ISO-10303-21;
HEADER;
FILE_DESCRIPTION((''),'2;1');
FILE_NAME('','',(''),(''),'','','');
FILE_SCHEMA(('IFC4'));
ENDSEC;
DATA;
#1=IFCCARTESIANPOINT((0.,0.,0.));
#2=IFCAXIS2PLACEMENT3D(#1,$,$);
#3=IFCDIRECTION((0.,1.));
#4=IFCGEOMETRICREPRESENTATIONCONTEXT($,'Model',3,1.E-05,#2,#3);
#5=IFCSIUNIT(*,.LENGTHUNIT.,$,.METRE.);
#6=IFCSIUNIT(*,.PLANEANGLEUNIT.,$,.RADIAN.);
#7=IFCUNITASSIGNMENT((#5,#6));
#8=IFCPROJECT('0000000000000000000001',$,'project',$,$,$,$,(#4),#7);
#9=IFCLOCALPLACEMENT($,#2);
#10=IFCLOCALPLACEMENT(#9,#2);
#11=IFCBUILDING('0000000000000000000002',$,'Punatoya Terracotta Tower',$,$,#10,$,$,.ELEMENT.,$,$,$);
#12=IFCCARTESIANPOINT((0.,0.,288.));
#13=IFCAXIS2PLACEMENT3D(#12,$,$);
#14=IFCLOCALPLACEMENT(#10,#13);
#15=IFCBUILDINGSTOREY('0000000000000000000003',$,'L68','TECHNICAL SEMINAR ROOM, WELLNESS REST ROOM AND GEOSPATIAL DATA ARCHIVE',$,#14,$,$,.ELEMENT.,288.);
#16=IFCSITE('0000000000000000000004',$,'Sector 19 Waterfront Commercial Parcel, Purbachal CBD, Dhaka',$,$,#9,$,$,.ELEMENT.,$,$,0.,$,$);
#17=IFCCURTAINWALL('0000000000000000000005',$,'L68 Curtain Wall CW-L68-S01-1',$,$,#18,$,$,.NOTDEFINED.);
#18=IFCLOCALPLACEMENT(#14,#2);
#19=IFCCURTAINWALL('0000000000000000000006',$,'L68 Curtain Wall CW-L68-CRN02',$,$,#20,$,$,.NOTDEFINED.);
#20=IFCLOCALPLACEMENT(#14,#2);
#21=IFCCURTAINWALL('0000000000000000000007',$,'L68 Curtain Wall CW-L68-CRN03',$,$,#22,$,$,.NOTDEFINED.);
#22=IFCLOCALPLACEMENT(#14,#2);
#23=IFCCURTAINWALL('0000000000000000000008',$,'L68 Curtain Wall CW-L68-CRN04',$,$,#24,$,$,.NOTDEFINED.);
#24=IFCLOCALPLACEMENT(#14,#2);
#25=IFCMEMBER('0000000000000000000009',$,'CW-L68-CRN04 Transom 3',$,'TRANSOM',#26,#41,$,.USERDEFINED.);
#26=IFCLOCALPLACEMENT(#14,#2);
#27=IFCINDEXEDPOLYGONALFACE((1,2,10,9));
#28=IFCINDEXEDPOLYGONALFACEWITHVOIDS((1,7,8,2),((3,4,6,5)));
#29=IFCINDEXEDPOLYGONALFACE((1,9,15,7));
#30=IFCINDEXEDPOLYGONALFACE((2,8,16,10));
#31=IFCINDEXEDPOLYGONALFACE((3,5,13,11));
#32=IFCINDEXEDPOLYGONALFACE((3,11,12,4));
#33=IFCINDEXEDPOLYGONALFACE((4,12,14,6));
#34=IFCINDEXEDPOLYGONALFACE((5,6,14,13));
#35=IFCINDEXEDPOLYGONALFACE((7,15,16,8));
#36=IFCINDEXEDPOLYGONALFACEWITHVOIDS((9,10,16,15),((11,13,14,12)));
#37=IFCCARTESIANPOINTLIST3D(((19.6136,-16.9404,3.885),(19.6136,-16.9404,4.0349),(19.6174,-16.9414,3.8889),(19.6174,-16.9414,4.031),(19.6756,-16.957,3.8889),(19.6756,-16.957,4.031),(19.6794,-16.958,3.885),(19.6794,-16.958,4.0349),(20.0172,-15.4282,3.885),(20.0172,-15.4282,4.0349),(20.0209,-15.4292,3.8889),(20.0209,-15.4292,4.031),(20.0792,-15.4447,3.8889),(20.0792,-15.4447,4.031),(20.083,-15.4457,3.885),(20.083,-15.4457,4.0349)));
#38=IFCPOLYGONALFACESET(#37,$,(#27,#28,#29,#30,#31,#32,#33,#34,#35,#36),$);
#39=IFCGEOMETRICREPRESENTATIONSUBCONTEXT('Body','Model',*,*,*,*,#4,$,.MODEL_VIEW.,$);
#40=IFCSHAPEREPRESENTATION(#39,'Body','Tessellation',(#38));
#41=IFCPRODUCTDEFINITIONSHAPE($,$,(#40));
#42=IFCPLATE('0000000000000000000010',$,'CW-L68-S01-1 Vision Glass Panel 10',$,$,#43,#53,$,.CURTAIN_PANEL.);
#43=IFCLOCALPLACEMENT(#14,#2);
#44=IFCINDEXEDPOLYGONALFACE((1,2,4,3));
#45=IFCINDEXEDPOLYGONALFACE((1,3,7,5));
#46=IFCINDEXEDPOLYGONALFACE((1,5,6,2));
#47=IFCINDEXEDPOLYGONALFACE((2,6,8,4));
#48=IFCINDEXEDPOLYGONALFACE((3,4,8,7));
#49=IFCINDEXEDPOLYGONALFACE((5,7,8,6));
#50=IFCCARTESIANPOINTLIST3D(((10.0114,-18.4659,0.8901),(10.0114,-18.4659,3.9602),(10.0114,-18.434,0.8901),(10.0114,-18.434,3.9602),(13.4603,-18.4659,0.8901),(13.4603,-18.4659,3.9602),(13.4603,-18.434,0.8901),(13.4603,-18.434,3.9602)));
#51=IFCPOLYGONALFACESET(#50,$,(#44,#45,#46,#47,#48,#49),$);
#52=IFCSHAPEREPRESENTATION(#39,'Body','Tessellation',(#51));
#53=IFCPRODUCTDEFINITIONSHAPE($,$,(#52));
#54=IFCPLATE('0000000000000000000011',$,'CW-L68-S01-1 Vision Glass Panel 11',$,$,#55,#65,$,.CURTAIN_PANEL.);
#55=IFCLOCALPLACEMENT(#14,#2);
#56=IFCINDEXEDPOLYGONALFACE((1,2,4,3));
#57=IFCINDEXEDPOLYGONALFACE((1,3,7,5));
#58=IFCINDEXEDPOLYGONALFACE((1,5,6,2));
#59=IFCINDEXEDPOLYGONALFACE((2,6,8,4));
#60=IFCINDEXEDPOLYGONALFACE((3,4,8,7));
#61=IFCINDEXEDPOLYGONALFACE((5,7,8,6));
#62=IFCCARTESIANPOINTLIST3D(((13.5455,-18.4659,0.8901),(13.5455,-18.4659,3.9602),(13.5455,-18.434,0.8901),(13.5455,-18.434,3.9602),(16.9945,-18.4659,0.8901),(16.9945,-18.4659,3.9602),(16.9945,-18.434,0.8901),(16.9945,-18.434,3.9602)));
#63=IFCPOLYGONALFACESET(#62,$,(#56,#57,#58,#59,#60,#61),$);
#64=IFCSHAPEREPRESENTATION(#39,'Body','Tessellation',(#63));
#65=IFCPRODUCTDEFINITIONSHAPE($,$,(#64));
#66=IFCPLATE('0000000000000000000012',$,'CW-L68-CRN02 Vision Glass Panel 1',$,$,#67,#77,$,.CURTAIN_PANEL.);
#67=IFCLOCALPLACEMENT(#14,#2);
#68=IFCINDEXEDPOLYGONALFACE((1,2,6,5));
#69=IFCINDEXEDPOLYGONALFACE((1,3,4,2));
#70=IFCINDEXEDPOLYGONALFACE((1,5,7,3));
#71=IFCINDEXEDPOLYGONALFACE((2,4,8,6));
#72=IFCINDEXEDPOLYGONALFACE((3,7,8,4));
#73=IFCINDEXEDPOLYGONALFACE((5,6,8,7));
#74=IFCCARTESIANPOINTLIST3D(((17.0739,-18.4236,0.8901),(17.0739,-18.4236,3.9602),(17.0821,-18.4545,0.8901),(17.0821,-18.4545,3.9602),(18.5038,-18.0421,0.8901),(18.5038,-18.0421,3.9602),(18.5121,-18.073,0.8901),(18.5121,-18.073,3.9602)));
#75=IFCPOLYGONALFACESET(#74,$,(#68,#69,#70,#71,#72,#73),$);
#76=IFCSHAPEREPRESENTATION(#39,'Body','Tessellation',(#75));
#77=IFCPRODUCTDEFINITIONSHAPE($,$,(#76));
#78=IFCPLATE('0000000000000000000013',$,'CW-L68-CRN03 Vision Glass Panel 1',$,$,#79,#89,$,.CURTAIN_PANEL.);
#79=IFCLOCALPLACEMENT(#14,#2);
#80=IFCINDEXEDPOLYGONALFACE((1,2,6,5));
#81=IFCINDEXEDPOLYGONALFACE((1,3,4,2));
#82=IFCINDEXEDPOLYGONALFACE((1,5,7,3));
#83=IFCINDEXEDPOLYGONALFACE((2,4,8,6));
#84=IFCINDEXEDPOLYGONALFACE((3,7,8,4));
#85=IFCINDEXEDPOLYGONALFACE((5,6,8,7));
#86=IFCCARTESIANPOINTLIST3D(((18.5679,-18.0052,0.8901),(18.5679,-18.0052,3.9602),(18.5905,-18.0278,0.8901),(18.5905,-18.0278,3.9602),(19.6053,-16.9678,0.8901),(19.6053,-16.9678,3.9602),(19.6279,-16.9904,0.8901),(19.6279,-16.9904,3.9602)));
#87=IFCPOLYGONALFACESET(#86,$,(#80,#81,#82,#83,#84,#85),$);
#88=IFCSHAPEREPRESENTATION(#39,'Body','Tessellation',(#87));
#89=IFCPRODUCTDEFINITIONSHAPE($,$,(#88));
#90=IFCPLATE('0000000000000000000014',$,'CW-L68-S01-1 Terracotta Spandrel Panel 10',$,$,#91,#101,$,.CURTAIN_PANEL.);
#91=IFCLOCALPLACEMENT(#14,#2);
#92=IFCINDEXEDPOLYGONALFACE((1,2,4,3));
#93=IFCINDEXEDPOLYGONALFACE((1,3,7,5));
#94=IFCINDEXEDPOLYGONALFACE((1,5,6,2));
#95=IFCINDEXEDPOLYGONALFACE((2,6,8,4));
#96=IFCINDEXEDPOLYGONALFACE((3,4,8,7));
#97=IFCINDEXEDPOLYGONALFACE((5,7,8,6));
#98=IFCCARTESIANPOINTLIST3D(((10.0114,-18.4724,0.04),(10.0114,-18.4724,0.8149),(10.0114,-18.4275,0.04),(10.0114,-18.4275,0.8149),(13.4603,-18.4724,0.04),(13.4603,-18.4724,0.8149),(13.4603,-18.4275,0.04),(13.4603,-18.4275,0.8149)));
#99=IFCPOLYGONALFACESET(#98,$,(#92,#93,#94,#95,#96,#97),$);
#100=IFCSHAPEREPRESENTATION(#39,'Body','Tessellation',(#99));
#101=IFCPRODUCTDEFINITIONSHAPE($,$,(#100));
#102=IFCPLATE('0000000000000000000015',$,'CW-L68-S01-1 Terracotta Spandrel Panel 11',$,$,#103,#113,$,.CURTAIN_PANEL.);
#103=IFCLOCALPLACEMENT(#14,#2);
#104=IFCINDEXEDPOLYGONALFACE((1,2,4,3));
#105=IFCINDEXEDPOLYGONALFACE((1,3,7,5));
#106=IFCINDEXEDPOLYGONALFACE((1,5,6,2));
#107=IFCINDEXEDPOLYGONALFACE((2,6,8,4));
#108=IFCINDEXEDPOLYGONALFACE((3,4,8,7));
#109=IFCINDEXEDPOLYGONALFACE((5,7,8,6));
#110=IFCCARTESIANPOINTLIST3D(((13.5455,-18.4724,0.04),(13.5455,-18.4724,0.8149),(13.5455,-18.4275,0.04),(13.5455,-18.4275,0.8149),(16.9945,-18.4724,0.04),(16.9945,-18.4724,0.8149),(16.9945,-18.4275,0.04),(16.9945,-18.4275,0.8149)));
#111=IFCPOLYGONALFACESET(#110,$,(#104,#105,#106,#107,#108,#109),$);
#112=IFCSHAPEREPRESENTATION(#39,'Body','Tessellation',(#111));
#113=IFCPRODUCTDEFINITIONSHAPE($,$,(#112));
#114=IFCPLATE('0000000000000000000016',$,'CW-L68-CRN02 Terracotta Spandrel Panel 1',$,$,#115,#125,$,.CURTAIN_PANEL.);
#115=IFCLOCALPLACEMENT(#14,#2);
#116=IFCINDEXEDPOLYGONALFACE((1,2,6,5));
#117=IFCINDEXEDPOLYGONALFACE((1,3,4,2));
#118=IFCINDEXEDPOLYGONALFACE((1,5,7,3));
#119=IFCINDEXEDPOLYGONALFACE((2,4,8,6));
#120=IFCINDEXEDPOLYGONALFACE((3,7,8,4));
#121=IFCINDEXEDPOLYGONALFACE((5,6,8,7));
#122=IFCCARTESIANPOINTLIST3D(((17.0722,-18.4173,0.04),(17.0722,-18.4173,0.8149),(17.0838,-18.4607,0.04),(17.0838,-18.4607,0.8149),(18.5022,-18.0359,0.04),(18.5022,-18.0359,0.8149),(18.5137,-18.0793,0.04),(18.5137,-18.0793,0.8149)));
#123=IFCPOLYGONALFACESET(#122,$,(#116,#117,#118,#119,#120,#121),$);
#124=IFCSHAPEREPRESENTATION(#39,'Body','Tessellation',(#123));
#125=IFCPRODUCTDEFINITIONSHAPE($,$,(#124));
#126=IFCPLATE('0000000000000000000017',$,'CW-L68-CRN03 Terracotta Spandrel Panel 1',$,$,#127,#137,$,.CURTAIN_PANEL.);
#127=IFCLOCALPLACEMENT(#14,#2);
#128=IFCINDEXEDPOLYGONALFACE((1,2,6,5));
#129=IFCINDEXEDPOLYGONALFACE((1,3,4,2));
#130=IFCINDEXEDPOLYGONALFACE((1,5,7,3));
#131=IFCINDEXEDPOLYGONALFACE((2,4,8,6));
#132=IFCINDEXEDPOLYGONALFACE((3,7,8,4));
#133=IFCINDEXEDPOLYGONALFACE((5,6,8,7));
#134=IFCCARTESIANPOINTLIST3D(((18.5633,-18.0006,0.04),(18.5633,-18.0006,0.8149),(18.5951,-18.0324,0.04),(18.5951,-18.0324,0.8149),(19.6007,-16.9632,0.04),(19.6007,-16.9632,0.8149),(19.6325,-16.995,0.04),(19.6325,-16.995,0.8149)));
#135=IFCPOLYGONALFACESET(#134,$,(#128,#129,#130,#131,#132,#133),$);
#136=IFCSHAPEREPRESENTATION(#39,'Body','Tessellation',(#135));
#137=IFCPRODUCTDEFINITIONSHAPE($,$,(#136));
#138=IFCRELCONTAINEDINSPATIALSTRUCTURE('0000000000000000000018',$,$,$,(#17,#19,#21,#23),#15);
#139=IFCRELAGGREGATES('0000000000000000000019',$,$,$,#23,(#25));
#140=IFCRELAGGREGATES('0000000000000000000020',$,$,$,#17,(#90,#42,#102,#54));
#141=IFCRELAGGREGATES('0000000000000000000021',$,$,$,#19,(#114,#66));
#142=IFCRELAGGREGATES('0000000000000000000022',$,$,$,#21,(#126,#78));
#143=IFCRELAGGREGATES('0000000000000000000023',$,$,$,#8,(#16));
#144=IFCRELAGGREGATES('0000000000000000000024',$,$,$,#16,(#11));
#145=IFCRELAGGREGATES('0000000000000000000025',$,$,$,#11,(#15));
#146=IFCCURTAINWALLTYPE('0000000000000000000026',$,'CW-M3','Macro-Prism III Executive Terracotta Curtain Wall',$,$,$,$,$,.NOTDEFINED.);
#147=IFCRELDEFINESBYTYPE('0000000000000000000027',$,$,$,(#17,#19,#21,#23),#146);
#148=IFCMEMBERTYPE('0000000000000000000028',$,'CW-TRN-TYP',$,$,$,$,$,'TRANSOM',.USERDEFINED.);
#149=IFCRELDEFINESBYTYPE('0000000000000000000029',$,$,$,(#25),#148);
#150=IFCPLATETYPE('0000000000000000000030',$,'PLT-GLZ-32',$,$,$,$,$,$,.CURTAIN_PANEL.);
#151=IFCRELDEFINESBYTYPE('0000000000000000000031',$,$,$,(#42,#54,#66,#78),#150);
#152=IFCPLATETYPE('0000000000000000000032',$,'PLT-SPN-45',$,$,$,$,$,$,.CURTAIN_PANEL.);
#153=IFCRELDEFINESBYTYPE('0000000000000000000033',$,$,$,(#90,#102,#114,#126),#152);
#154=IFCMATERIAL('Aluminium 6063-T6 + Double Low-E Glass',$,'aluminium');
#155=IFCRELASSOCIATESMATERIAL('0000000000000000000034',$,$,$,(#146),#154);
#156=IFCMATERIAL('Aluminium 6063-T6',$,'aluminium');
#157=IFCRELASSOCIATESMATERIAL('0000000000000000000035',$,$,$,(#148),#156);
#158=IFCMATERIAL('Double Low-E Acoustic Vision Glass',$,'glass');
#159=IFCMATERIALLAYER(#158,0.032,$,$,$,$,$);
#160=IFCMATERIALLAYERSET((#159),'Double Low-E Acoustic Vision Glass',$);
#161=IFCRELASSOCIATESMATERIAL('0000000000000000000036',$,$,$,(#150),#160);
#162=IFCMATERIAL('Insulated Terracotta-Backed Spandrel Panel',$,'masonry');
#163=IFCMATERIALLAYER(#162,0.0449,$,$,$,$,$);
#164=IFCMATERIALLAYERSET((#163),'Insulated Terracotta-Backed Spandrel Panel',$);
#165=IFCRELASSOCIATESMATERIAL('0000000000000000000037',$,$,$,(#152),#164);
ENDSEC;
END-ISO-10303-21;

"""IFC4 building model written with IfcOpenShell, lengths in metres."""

from ifc_helpers import new_model, si_unit, direction, frame, origin, origin_2d, place, context, subcontext, project, spatial, rectangle, hollow_rectangle, extrude, material, layer, layer_set, material_profile, profile_set, type_object, element, aggregate, save


model = new_model("IFC4")

# Units and contexts
model_context = context("Model", 3, precision=1e-05, world=origin(), true_north=direction((0.0, 1.0)))
body_context = subcontext(model_context, "Body", "Model", "MODEL_VIEW")
ifc_project = project(units=[si_unit("LENGTHUNIT", "METRE"), si_unit("PLANEANGLEUNIT", "RADIAN")], contexts=[model_context])

# Site, building, storey
site_placement = place(None, origin())
site = spatial("IfcSite", under=ifc_project, at=site_placement, Name="Sector 19 Waterfront Commercial Parcel, Purbachal CBD, Dhaka", CompositionType="ELEMENT", RefElevation=0.0)
building_placement = place(site_placement, origin())
building = spatial("IfcBuilding", under=site, at=building_placement, Name="Punatoya Terracotta Tower", CompositionType="ELEMENT")
storey_placement = place(building_placement, frame((0.0, 0.0, 288.0)))
storey = spatial("IfcBuildingStorey", under=building, at=storey_placement, Name="L68", Description="TECHNICAL SEMINAR ROOM, WELLNESS REST ROOM AND GEOSPATIAL DATA ARCHIVE", CompositionType="ELEMENT", Elevation=288.0)

# Curtain walls
ifc_material_1 = material(Name="Aluminium 6063-T6 + Double Low-E Glass", Category="aluminium")
curtain_wall_type = type_object("IfcCurtainWallType", Name="CW-M3", Description="Macro-Prism III Executive Terracotta Curtain Wall", PredefinedType="NOTDEFINED", material=ifc_material_1)
curtain_wall_1_placement = place(storey_placement, origin())
curtain_wall_1 = element("IfcCurtainWall", 1, at=curtain_wall_1_placement, inside=storey, type_object=curtain_wall_type, Name="L68 Curtain Wall CW-L68-S01-1", PredefinedType="NOTDEFINED")
ifc_material_2 = material(Name="Aluminium 6063-T6", Category="aluminium")
curtain_wall_2_placement = place(storey_placement, origin())
curtain_wall_2 = element("IfcCurtainWall", 2, at=curtain_wall_2_placement, inside=storey, type_object=curtain_wall_type, Name="L68 Curtain Wall CW-L68-CRN02", PredefinedType="NOTDEFINED")
curtain_wall_3_placement = place(storey_placement, origin())
curtain_wall_3 = element("IfcCurtainWall", 3, at=curtain_wall_3_placement, inside=storey, type_object=curtain_wall_type, Name="L68 Curtain Wall CW-L68-CRN03", PredefinedType="NOTDEFINED")

# Curtain wall
curtain_wall_4_placement = place(storey_placement, origin())
curtain_wall_4 = element("IfcCurtainWall", 4, at=curtain_wall_4_placement, inside=storey, type_object=curtain_wall_type, Name="L68 Curtain Wall CW-L68-CRN04", PredefinedType="NOTDEFINED")

# Member
ifc_material_profile_1 = material_profile(ifc_material_2, hollow_rectangle(XDim=0.0681, YDim=0.1499, WallThickness=0.0039, at=origin_2d()))
ifc_profile_set_1 = profile_set([ifc_material_profile_1], Name="Aluminium 6063-T6")
member_type_1 = type_object("IfcMemberType", Name="CW-TRN-TYP", ElementType="TRANSOM", PredefinedType="USERDEFINED", material=ifc_profile_set_1)
member_1_placement = place(storey_placement, frame((19.6465, -16.9492, 3.96), z_axis=(0.257847, 0.966186, 0.0), x_axis=(-0.966186, 0.257847, 0.0)))
member_1 = element("IfcMember", 5, at=member_1_placement, type_object=member_type_1, Name="CW-L68-CRN04 Transom 3", ObjectType="TRANSOM", PredefinedType="USERDEFINED", context=body_context, shape_type="SweptSolid", body=[
    extrude(hollow_rectangle(XDim=0.0681, YDim=0.1499, WallThickness=0.0039, at=origin_2d()), origin(), (0.0, 0.0, 1.0), 1.5652),
])
aggregate(curtain_wall_4, [member_1])

# Plates
ifc_material_3 = material(Name="Double Low-E Acoustic Vision Glass", Category="glass")
ifc_layer_1 = layer(ifc_material_3, 0.032)
ifc_layer_set_1 = layer_set([ifc_layer_1], Name="Double Low-E Acoustic Vision Glass")
plate_type_1 = type_object("IfcPlateType", Name="PLT-GLZ-32", PredefinedType="CURTAIN_PANEL", material=ifc_layer_set_1)
plate_1_placement = place(storey_placement, frame((11.7358, -18.45, 0.8901), z_axis=(0.0, 0.0, 1.0), x_axis=(1.0, 0.0, 0.0)))
plate_1 = element("IfcPlate", 6, at=plate_1_placement, type_object=plate_type_1, Name="CW-L68-S01-1 Vision Glass Panel 10", PredefinedType="CURTAIN_PANEL", context=body_context, shape_type="SweptSolid", body=[
    extrude(rectangle(XDim=3.449, YDim=0.032, at=origin_2d()), origin(), (0.0, 0.0, 1.0), 3.0701),
])
plate_2_placement = place(storey_placement, frame((15.27, -18.45, 0.8901), z_axis=(0.0, 0.0, 1.0), x_axis=(1.0, 0.0, 0.0)))
plate_2 = element("IfcPlate", 7, at=plate_2_placement, type_object=plate_type_1, Name="CW-L68-S01-1 Vision Glass Panel 11", PredefinedType="CURTAIN_PANEL", context=body_context, shape_type="SweptSolid", body=[
    extrude(rectangle(XDim=3.449, YDim=0.032, at=origin_2d()), origin(), (0.0, 0.0, 1.0), 3.0701),
])
plate_3_placement = place(storey_placement, frame((17.793, -18.2483, 0.8901), z_axis=(0.0, 0.0, 1.0), x_axis=(0.966214, 0.257742, 0.0)))
plate_3 = element("IfcPlate", 8, at=plate_3_placement, type_object=plate_type_1, Name="CW-L68-CRN02 Vision Glass Panel 1", PredefinedType="CURTAIN_PANEL", context=body_context, shape_type="SweptSolid", body=[
    extrude(rectangle(XDim=1.48, YDim=0.032, at=origin_2d()), origin(), (0.0, 0.0, 1.0), 3.0701),
])
plate_4_placement = place(storey_placement, frame((19.0979, -17.4978, 0.8901), z_axis=(0.0, 0.0, 1.0), x_axis=(0.707107, 0.707107, 0.0)))
plate_4 = element("IfcPlate", 9, at=plate_4_placement, type_object=plate_type_1, Name="CW-L68-CRN03 Vision Glass Panel 1", PredefinedType="CURTAIN_PANEL", context=body_context, shape_type="SweptSolid", body=[
    extrude(rectangle(XDim=1.467, YDim=0.032, at=origin_2d()), origin(), (0.0, 0.0, 1.0), 3.0701),
])
ifc_material_4 = material(Name="Insulated Terracotta-Backed Spandrel Panel", Category="masonry")
ifc_layer_2 = layer(ifc_material_4, 0.0449)
ifc_layer_set_2 = layer_set([ifc_layer_2], Name="Insulated Terracotta-Backed Spandrel Panel")
plate_type_2 = type_object("IfcPlateType", Name="PLT-SPN-45", PredefinedType="CURTAIN_PANEL", material=ifc_layer_set_2)
plate_5_placement = place(storey_placement, frame((11.7358, -18.45, 0.04), z_axis=(0.0, 0.0, 1.0), x_axis=(1.0, 0.0, 0.0)))
plate_5 = element("IfcPlate", 10, at=plate_5_placement, type_object=plate_type_2, Name="CW-L68-S01-1 Terracotta Spandrel Panel 10", PredefinedType="CURTAIN_PANEL", context=body_context, shape_type="SweptSolid", body=[
    extrude(rectangle(XDim=3.449, YDim=0.0449, at=origin_2d()), origin(), (0.0, 0.0, 1.0), 0.7749),
])
plate_6_placement = place(storey_placement, frame((15.27, -18.45, 0.04), z_axis=(0.0, 0.0, 1.0), x_axis=(1.0, 0.0, 0.0)))
plate_6 = element("IfcPlate", 11, at=plate_6_placement, type_object=plate_type_2, Name="CW-L68-S01-1 Terracotta Spandrel Panel 11", PredefinedType="CURTAIN_PANEL", context=body_context, shape_type="SweptSolid", body=[
    extrude(rectangle(XDim=3.449, YDim=0.0449, at=origin_2d()), origin(), (0.0, 0.0, 1.0), 0.7749),
])
aggregate(curtain_wall_1, [plate_5, plate_1, plate_6, plate_2])
plate_7_placement = place(storey_placement, frame((17.793, -18.2483, 0.04), z_axis=(0.0, 0.0, 1.0), x_axis=(0.966214, 0.257742, 0.0)))
plate_7 = element("IfcPlate", 12, at=plate_7_placement, type_object=plate_type_2, Name="CW-L68-CRN02 Terracotta Spandrel Panel 1", PredefinedType="CURTAIN_PANEL", context=body_context, shape_type="SweptSolid", body=[
    extrude(rectangle(XDim=1.48, YDim=0.0449, at=origin_2d()), origin(), (0.0, 0.0, 1.0), 0.7749),
])
aggregate(curtain_wall_2, [plate_7, plate_3])
plate_8_placement = place(storey_placement, frame((19.0979, -17.4978, 0.04), z_axis=(0.0, 0.0, 1.0), x_axis=(0.707107, 0.707107, 0.0)))
plate_8 = element("IfcPlate", 13, at=plate_8_placement, type_object=plate_type_2, Name="CW-L68-CRN03 Terracotta Spandrel Panel 1", PredefinedType="CURTAIN_PANEL", context=body_context, shape_type="SweptSolid", body=[
    extrude(rectangle(XDim=1.467, YDim=0.0449, at=origin_2d()), origin(), (0.0, 0.0, 1.0), 0.7749),
])
aggregate(curtain_wall_3, [plate_8, plate_4])

save(model, "model.ifc")
